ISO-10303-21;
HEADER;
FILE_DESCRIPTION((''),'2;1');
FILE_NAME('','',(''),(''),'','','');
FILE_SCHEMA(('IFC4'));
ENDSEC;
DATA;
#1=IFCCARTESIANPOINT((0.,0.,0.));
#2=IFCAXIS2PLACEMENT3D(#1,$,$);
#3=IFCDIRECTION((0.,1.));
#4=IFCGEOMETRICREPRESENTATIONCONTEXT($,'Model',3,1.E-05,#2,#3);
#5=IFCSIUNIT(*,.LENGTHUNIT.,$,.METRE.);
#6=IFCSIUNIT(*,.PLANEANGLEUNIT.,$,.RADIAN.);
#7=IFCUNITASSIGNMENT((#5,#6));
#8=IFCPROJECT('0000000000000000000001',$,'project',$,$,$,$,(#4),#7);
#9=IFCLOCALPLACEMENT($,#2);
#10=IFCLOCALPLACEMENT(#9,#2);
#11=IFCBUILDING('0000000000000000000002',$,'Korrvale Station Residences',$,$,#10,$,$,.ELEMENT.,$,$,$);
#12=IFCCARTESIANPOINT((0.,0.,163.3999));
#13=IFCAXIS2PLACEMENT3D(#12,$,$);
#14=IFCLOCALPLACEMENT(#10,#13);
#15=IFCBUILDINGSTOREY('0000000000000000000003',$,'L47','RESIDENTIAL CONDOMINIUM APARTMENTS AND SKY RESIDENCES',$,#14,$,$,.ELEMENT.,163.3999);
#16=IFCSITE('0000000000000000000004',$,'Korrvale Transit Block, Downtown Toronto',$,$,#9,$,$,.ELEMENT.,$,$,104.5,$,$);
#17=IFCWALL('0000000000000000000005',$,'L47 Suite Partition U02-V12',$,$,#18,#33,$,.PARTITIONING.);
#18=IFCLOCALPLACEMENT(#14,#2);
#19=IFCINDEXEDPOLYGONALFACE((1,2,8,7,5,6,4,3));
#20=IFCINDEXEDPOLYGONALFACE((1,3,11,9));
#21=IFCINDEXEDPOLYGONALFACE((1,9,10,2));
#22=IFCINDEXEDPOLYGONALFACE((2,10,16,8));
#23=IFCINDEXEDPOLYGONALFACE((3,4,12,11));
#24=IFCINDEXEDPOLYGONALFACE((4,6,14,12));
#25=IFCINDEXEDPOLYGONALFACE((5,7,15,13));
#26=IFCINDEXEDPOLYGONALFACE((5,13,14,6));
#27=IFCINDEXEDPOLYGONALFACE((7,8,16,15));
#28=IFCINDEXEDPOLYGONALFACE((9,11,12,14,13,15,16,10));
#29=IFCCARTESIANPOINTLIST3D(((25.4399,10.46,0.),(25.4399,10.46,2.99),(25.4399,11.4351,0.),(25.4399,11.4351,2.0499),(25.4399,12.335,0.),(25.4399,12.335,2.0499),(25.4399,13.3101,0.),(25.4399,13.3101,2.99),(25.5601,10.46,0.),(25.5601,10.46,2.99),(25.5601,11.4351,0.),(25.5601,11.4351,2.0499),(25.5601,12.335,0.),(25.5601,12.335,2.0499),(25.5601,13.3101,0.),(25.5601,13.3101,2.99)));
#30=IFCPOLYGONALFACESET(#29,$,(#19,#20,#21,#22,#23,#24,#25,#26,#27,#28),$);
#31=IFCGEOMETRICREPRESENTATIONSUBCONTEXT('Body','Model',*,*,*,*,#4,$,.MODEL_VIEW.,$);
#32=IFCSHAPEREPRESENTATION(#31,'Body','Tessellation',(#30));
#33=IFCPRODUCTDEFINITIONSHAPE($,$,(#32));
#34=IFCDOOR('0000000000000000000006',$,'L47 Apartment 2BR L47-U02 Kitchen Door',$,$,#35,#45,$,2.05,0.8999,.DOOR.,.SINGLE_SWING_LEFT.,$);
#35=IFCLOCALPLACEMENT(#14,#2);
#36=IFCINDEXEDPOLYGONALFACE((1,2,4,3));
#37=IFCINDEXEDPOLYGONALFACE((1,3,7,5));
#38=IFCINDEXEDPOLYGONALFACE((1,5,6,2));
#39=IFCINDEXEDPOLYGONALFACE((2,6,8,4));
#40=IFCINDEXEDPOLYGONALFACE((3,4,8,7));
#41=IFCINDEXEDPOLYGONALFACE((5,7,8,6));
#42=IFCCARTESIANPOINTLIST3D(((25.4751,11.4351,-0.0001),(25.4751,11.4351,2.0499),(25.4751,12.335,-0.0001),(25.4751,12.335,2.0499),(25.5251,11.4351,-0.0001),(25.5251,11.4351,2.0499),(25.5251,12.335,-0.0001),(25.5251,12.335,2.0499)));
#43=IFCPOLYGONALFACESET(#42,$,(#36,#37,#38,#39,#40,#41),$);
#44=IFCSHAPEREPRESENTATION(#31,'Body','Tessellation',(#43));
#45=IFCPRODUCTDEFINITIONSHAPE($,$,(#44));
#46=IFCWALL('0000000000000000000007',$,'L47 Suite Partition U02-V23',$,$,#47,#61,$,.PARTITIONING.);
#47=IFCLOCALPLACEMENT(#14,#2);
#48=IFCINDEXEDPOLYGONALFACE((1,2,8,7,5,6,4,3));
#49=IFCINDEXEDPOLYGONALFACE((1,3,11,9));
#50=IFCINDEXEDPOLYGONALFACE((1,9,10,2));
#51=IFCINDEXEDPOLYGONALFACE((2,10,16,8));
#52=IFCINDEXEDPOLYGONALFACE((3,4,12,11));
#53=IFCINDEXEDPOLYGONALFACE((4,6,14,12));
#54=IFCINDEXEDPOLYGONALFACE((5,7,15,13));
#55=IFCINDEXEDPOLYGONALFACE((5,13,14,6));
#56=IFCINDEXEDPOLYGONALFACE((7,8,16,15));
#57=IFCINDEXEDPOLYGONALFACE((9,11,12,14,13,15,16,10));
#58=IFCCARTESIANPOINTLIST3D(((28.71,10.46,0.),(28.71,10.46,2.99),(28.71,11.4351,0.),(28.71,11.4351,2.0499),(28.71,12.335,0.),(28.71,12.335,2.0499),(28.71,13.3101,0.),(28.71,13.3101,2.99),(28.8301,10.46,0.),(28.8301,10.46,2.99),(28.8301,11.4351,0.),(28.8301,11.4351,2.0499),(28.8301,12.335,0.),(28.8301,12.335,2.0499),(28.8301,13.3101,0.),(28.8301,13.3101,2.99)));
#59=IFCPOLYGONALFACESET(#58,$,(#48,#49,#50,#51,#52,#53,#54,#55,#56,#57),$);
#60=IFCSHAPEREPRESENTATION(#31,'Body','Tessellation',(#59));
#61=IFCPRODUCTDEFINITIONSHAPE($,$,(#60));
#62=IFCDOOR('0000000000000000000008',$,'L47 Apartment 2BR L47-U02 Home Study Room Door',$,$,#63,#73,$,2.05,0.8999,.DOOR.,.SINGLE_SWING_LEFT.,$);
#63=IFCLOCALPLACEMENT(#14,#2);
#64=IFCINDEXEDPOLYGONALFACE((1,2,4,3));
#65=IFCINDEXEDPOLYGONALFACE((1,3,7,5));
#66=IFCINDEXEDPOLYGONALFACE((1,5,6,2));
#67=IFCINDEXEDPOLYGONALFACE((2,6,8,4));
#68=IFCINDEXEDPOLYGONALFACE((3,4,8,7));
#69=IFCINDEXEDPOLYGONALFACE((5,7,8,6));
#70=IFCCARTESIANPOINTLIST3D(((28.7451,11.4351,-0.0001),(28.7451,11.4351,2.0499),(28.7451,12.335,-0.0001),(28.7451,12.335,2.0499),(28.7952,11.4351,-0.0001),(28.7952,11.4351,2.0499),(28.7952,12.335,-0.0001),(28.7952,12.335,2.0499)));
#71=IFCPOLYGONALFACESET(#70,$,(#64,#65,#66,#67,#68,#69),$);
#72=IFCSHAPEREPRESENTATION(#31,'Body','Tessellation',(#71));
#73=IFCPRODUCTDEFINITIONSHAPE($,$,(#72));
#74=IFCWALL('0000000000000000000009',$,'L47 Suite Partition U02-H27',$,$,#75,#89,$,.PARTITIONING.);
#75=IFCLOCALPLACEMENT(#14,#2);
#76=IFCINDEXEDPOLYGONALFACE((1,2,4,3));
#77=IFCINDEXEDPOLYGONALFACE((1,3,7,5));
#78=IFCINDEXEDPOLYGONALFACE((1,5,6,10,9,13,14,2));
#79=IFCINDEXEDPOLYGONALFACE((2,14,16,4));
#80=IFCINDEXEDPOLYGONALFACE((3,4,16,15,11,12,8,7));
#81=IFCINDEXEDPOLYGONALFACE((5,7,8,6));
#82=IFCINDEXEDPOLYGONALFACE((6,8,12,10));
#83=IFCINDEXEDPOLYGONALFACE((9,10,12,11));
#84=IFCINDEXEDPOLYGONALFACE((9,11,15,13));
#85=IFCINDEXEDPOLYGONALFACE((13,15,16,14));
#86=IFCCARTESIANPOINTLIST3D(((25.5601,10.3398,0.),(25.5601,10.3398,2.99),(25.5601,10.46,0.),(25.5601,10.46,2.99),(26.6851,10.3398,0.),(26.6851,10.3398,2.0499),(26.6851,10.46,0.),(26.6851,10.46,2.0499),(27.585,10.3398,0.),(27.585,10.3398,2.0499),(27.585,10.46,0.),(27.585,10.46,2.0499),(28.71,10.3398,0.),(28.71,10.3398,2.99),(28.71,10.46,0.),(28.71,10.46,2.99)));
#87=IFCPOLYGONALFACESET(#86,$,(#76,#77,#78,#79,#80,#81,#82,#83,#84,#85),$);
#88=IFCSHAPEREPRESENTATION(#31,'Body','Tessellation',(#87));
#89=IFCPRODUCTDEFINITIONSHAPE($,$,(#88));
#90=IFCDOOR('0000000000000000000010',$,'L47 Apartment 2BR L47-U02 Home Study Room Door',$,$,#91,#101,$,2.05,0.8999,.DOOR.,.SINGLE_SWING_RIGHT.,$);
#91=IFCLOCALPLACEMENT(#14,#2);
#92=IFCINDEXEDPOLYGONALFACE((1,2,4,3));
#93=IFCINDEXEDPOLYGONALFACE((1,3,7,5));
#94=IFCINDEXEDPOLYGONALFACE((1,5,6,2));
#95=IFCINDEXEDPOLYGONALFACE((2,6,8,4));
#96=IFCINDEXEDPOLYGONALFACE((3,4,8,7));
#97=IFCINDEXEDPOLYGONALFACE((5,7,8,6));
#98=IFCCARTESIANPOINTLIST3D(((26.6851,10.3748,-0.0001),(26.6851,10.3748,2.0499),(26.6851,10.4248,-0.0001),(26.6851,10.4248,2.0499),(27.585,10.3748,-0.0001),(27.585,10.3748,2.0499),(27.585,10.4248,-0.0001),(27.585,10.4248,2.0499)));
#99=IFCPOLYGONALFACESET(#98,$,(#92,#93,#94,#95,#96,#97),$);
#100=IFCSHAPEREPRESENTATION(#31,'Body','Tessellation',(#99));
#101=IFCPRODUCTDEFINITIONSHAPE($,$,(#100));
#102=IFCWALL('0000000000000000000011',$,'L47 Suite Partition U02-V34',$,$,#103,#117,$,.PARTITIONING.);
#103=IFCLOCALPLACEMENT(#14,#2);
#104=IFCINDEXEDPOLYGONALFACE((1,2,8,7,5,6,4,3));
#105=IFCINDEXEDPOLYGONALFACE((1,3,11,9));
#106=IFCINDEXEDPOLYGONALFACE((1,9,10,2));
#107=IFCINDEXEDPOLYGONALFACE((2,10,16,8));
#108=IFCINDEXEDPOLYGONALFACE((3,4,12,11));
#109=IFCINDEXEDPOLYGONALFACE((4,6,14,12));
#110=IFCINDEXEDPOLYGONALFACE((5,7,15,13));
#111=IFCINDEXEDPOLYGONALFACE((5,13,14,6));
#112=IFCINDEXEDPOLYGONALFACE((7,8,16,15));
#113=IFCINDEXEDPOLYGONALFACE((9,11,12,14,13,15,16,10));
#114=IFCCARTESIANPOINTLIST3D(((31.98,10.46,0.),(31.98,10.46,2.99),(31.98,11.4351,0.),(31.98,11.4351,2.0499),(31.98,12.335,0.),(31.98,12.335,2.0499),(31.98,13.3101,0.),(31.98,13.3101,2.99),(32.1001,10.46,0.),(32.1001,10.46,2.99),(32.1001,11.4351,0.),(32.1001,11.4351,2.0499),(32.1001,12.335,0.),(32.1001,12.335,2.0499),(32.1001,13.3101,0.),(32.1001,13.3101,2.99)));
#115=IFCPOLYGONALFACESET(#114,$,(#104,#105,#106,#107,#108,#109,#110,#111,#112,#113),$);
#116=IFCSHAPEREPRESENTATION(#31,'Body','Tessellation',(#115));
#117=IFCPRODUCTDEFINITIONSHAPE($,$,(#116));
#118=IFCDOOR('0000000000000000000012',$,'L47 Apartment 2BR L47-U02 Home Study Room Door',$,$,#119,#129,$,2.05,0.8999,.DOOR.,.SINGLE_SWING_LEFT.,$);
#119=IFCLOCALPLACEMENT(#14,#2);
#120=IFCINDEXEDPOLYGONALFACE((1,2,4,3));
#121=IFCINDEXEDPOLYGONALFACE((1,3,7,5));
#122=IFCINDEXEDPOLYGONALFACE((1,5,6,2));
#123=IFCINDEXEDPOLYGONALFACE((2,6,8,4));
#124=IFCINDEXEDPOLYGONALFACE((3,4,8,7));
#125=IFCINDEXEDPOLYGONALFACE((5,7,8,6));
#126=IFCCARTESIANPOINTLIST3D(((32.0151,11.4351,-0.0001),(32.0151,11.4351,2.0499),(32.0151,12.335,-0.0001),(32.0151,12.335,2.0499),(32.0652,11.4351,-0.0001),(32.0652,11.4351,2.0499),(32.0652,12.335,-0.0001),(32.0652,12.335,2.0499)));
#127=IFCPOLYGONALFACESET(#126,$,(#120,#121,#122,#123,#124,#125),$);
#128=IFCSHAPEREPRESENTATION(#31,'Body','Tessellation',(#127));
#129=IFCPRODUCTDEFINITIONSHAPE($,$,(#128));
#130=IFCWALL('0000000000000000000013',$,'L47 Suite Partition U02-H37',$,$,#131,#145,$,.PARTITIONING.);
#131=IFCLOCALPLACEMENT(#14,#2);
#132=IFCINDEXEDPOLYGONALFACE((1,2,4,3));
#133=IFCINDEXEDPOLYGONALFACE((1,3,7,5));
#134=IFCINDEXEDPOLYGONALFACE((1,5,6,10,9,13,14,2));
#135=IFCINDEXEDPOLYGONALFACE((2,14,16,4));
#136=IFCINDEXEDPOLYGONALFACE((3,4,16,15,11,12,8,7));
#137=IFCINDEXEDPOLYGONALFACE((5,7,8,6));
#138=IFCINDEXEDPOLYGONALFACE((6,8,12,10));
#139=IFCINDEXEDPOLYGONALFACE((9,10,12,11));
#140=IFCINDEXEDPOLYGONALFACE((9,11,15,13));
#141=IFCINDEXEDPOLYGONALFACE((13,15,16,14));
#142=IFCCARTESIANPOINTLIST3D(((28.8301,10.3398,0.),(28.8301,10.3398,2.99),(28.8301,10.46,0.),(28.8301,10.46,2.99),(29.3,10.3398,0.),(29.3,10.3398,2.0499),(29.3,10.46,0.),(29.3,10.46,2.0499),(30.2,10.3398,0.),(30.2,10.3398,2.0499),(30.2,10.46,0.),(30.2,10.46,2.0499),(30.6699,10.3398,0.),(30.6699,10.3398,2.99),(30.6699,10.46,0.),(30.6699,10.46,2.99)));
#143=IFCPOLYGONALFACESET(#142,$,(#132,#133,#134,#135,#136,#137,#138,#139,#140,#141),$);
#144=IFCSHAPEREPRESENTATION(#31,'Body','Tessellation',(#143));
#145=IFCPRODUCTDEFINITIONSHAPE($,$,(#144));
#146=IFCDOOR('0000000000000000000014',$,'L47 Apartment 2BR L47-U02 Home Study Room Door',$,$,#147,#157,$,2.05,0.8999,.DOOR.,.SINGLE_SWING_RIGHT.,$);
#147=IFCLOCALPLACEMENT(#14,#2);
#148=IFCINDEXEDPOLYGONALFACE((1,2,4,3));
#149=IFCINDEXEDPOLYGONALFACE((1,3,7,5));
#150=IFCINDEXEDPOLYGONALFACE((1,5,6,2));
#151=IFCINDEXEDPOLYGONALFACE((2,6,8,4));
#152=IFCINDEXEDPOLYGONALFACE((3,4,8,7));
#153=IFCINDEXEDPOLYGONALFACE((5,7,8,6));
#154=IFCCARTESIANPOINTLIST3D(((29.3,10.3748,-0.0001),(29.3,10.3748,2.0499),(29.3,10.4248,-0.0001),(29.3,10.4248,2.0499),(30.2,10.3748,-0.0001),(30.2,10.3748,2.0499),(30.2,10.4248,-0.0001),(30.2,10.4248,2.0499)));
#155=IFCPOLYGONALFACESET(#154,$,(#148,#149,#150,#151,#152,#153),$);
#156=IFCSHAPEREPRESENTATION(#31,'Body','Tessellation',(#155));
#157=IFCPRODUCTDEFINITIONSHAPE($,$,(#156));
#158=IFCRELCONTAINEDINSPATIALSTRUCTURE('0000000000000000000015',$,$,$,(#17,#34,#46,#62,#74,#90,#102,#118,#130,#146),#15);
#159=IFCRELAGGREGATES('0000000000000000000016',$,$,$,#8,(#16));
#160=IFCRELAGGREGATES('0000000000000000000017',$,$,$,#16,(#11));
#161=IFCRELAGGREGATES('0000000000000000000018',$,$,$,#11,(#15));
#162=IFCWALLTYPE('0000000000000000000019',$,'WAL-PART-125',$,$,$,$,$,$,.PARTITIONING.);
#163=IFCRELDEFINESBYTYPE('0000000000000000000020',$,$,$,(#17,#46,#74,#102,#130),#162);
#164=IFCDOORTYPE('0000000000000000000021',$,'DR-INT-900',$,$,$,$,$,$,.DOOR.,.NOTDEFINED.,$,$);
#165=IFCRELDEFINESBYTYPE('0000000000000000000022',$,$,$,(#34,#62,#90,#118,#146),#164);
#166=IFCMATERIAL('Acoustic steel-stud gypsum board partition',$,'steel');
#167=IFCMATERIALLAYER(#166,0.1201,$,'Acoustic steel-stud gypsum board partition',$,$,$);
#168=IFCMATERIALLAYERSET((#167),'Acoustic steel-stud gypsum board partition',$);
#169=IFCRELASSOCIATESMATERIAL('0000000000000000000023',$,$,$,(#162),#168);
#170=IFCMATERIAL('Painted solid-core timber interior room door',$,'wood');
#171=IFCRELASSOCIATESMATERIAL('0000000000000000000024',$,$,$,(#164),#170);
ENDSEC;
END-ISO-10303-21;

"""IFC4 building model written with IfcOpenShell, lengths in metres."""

from ifc_helpers import new_model, si_unit, direction, frame, frame_2d, origin, place, context, subcontext, project, spatial, rectangle, extrude, material, layer, layer_set, type_object, element, fill, save


model = new_model("IFC4")

# Units and contexts
model_context = context("Model", 3, precision=1e-05, world=origin(), true_north=direction((0.0, 1.0)))
body_context = subcontext(model_context, "Body", "Model", "MODEL_VIEW")
ifc_project = project(units=[si_unit("LENGTHUNIT", "METRE"), si_unit("PLANEANGLEUNIT", "RADIAN")], contexts=[model_context])

# Site, building, storey
site_placement = place(None, origin())
site = spatial("IfcSite", under=ifc_project, at=site_placement, Name="Korrvale Transit Block, Downtown Toronto", CompositionType="ELEMENT", RefElevation=104.5)
building_placement = place(site_placement, origin())
building = spatial("IfcBuilding", under=site, at=building_placement, Name="Korrvale Station Residences", CompositionType="ELEMENT")
storey_placement = place(building_placement, frame((0.0, 0.0, 163.3999)))
storey = spatial("IfcBuildingStorey", under=building, at=storey_placement, Name="L47", Description="RESIDENTIAL CONDOMINIUM APARTMENTS AND SKY RESIDENCES", CompositionType="ELEMENT", Elevation=163.3999)

# Walls, openings, doors
ifc_material_1 = material(Name="Acoustic steel-stud gypsum board partition", Category="steel")
ifc_layer_1 = layer(ifc_material_1, 0.1201, Name="Acoustic steel-stud gypsum board partition")
ifc_layer_set_1 = layer_set([ifc_layer_1], Name="Acoustic steel-stud gypsum board partition")
wall_type = type_object("IfcWallType", Name="WAL-PART-125", PredefinedType="PARTITIONING", material=ifc_layer_set_1)
wall_1_placement = place(storey_placement, frame((25.5, 10.46, 0.0), z_axis=(0.0, 0.0, 1.0), x_axis=(0.0, 1.0, 0.0)))
wall_1 = element("IfcWall", 1, at=wall_1_placement, inside=storey, type_object=wall_type, Name="L47 Suite Partition U02-V12", PredefinedType="PARTITIONING", context=body_context, shape_type="SweptSolid", body=[
    extrude(rectangle(XDim=2.8501, YDim=0.1201, at=frame_2d((1.425, 0.0))), origin(), (0.0, 0.0, 1.0), 2.99),
])
opening_1_placement = place(wall_1_placement, frame((0.9751, 0.0, 0.0)))
opening_1 = element("IfcOpeningElement", 2, at=opening_1_placement, cuts=wall_1, PredefinedType="OPENING", context=body_context, shape_type="SweptSolid", body=[
    extrude(rectangle(XDim=0.8999, YDim=2.05, at=frame_2d((0.45, 1.0249))), frame((0.0, 0.0701, 0.0), z_axis=(0.0, -1.0, 0.0), x_axis=(1.0, 0.0, 0.0)), (0.0, 0.0, 1.0), 0.1401),
])
ifc_material_2 = material(Name="Painted solid-core timber interior room door", Category="wood")
door_type = type_object("IfcDoorType", Name="DR-INT-900", OperationType="NOTDEFINED", PredefinedType="DOOR", material=ifc_material_2)
door_1_placement = place(opening_1_placement, origin())
door_1 = element("IfcDoor", 3, at=door_1_placement, inside=storey, type_object=door_type, Name="L47 Apartment 2BR L47-U02 Kitchen Door", OperationType="SINGLE_SWING_LEFT", OverallHeight=2.05, OverallWidth=0.8999, PredefinedType="DOOR", context=body_context, shape_type="SweptSolid", body=[
    extrude(rectangle(XDim=0.8999, YDim=2.05, at=frame_2d((0.45, 1.0249))), frame((0.0, 0.0249, 0.0), z_axis=(0.0, -1.0, 0.0), x_axis=(1.0, 0.0, 0.0)), (0.0, 0.0, 1.0), 0.05),
])
fill(opening_1, door_1)
wall_2_placement = place(storey_placement, frame((28.77, 10.46, 0.0), z_axis=(0.0, 0.0, 1.0), x_axis=(0.0, 1.0, 0.0)))
wall_2 = element("IfcWall", 4, at=wall_2_placement, inside=storey, type_object=wall_type, Name="L47 Suite Partition U02-V23", PredefinedType="PARTITIONING", context=body_context, shape_type="SweptSolid", body=[
    extrude(rectangle(XDim=2.8501, YDim=0.1201, at=frame_2d((1.425, 0.0))), origin(), (0.0, 0.0, 1.0), 2.99),
])
opening_2_placement = place(wall_2_placement, frame((0.9751, 0.0, 0.0)))
opening_2 = element("IfcOpeningElement", 5, at=opening_2_placement, cuts=wall_2, PredefinedType="OPENING", context=body_context, shape_type="SweptSolid", body=[
    extrude(rectangle(XDim=0.8999, YDim=2.05, at=frame_2d((0.45, 1.0249))), frame((0.0, 0.0701, 0.0), z_axis=(0.0, -1.0, 0.0), x_axis=(1.0, 0.0, 0.0)), (0.0, 0.0, 1.0), 0.1401),
])
door_2_placement = place(opening_2_placement, origin())
door_2 = element("IfcDoor", 6, at=door_2_placement, inside=storey, type_object=door_type, Name="L47 Apartment 2BR L47-U02 Home Study Room Door", OperationType="SINGLE_SWING_LEFT", OverallHeight=2.05, OverallWidth=0.8999, PredefinedType="DOOR", context=body_context, shape_type="SweptSolid", body=[
    extrude(rectangle(XDim=0.8999, YDim=2.05, at=frame_2d((0.45, 1.0249))), frame((0.0, 0.0249, 0.0), z_axis=(0.0, -1.0, 0.0), x_axis=(1.0, 0.0, 0.0)), (0.0, 0.0, 1.0), 0.05),
])
fill(opening_2, door_2)
wall_3_placement = place(storey_placement, frame((25.5601, 10.3999, 0.0), z_axis=(0.0, 0.0, 1.0), x_axis=(1.0, 0.0, 0.0)))
wall_3 = element("IfcWall", 7, at=wall_3_placement, inside=storey, type_object=wall_type, Name="L47 Suite Partition U02-H27", PredefinedType="PARTITIONING", context=body_context, shape_type="SweptSolid", body=[
    extrude(rectangle(XDim=3.1499, YDim=0.1201, at=frame_2d((1.575, 0.0))), origin(), (0.0, 0.0, 1.0), 2.99),
])
opening_3_placement = place(wall_3_placement, frame((1.125, 0.0, 0.0)))
opening_3 = element("IfcOpeningElement", 8, at=opening_3_placement, cuts=wall_3, PredefinedType="OPENING", context=body_context, shape_type="SweptSolid", body=[
    extrude(rectangle(XDim=0.8999, YDim=2.05, at=frame_2d((0.45, 1.0249))), frame((0.0, 0.0701, 0.0), z_axis=(0.0, -1.0, 0.0), x_axis=(1.0, 0.0, 0.0)), (0.0, 0.0, 1.0), 0.1401),
])
door_3_placement = place(opening_3_placement, origin())
door_3 = element("IfcDoor", 9, at=door_3_placement, inside=storey, type_object=door_type, Name="L47 Apartment 2BR L47-U02 Home Study Room Door", OperationType="SINGLE_SWING_RIGHT", OverallHeight=2.05, OverallWidth=0.8999, PredefinedType="DOOR", context=body_context, shape_type="SweptSolid", body=[
    extrude(rectangle(XDim=0.8999, YDim=2.05, at=frame_2d((0.45, 1.0249))), frame((0.0, 0.0249, 0.0), z_axis=(0.0, -1.0, 0.0), x_axis=(1.0, 0.0, 0.0)), (0.0, 0.0, 1.0), 0.05),
])
fill(opening_3, door_3)
wall_4_placement = place(storey_placement, frame((32.04, 10.46, 0.0), z_axis=(0.0, 0.0, 1.0), x_axis=(0.0, 1.0, 0.0)))
wall_4 = element("IfcWall", 10, at=wall_4_placement, inside=storey, type_object=wall_type, Name="L47 Suite Partition U02-V34", PredefinedType="PARTITIONING", context=body_context, shape_type="SweptSolid", body=[
    extrude(rectangle(XDim=2.8501, YDim=0.1201, at=frame_2d((1.425, 0.0))), origin(), (0.0, 0.0, 1.0), 2.99),
])
opening_4_placement = place(wall_4_placement, frame((0.9751, 0.0, 0.0)))
opening_4 = element("IfcOpeningElement", 11, at=opening_4_placement, cuts=wall_4, PredefinedType="OPENING", context=body_context, shape_type="SweptSolid", body=[
    extrude(rectangle(XDim=0.8999, YDim=2.05, at=frame_2d((0.45, 1.0249))), frame((0.0, 0.0701, 0.0), z_axis=(0.0, -1.0, 0.0), x_axis=(1.0, 0.0, 0.0)), (0.0, 0.0, 1.0), 0.1401),
])
door_4_placement = place(opening_4_placement, origin())
door_4 = element("IfcDoor", 12, at=door_4_placement, inside=storey, type_object=door_type, Name="L47 Apartment 2BR L47-U02 Home Study Room Door", OperationType="SINGLE_SWING_LEFT", OverallHeight=2.05, OverallWidth=0.8999, PredefinedType="DOOR", context=body_context, shape_type="SweptSolid", body=[
    extrude(rectangle(XDim=0.8999, YDim=2.05, at=frame_2d((0.45, 1.0249))), frame((0.0, 0.0249, 0.0), z_axis=(0.0, -1.0, 0.0), x_axis=(1.0, 0.0, 0.0)), (0.0, 0.0, 1.0), 0.05),
])
fill(opening_4, door_4)
wall_5_placement = place(storey_placement, frame((28.8301, 10.3999, 0.0), z_axis=(0.0, 0.0, 1.0), x_axis=(1.0, 0.0, 0.0)))
wall_5 = element("IfcWall", 13, at=wall_5_placement, inside=storey, type_object=wall_type, Name="L47 Suite Partition U02-H37", PredefinedType="PARTITIONING", context=body_context, shape_type="SweptSolid", body=[
    extrude(rectangle(XDim=1.8398, YDim=0.1201, at=frame_2d((0.9199, 0.0))), origin(), (0.0, 0.0, 1.0), 2.99),
])
opening_5_placement = place(wall_5_placement, frame((0.47, 0.0, 0.0)))
opening_5 = element("IfcOpeningElement", 14, at=opening_5_placement, cuts=wall_5, PredefinedType="OPENING", context=body_context, shape_type="SweptSolid", body=[
    extrude(rectangle(XDim=0.8999, YDim=2.05, at=frame_2d((0.45, 1.0249))), frame((0.0, 0.0701, 0.0), z_axis=(0.0, -1.0, 0.0), x_axis=(1.0, 0.0, 0.0)), (0.0, 0.0, 1.0), 0.1401),
])
door_5_placement = place(opening_5_placement, origin())
door_5 = element("IfcDoor", 15, at=door_5_placement, inside=storey, type_object=door_type, Name="L47 Apartment 2BR L47-U02 Home Study Room Door", OperationType="SINGLE_SWING_RIGHT", OverallHeight=2.05, OverallWidth=0.8999, PredefinedType="DOOR", context=body_context, shape_type="SweptSolid", body=[
    extrude(rectangle(XDim=0.8999, YDim=2.05, at=frame_2d((0.45, 1.0249))), frame((0.0, 0.0249, 0.0), z_axis=(0.0, -1.0, 0.0), x_axis=(1.0, 0.0, 0.0)), (0.0, 0.0, 1.0), 0.05),
])
fill(opening_5, door_5)

save(model, "model.ifc")
